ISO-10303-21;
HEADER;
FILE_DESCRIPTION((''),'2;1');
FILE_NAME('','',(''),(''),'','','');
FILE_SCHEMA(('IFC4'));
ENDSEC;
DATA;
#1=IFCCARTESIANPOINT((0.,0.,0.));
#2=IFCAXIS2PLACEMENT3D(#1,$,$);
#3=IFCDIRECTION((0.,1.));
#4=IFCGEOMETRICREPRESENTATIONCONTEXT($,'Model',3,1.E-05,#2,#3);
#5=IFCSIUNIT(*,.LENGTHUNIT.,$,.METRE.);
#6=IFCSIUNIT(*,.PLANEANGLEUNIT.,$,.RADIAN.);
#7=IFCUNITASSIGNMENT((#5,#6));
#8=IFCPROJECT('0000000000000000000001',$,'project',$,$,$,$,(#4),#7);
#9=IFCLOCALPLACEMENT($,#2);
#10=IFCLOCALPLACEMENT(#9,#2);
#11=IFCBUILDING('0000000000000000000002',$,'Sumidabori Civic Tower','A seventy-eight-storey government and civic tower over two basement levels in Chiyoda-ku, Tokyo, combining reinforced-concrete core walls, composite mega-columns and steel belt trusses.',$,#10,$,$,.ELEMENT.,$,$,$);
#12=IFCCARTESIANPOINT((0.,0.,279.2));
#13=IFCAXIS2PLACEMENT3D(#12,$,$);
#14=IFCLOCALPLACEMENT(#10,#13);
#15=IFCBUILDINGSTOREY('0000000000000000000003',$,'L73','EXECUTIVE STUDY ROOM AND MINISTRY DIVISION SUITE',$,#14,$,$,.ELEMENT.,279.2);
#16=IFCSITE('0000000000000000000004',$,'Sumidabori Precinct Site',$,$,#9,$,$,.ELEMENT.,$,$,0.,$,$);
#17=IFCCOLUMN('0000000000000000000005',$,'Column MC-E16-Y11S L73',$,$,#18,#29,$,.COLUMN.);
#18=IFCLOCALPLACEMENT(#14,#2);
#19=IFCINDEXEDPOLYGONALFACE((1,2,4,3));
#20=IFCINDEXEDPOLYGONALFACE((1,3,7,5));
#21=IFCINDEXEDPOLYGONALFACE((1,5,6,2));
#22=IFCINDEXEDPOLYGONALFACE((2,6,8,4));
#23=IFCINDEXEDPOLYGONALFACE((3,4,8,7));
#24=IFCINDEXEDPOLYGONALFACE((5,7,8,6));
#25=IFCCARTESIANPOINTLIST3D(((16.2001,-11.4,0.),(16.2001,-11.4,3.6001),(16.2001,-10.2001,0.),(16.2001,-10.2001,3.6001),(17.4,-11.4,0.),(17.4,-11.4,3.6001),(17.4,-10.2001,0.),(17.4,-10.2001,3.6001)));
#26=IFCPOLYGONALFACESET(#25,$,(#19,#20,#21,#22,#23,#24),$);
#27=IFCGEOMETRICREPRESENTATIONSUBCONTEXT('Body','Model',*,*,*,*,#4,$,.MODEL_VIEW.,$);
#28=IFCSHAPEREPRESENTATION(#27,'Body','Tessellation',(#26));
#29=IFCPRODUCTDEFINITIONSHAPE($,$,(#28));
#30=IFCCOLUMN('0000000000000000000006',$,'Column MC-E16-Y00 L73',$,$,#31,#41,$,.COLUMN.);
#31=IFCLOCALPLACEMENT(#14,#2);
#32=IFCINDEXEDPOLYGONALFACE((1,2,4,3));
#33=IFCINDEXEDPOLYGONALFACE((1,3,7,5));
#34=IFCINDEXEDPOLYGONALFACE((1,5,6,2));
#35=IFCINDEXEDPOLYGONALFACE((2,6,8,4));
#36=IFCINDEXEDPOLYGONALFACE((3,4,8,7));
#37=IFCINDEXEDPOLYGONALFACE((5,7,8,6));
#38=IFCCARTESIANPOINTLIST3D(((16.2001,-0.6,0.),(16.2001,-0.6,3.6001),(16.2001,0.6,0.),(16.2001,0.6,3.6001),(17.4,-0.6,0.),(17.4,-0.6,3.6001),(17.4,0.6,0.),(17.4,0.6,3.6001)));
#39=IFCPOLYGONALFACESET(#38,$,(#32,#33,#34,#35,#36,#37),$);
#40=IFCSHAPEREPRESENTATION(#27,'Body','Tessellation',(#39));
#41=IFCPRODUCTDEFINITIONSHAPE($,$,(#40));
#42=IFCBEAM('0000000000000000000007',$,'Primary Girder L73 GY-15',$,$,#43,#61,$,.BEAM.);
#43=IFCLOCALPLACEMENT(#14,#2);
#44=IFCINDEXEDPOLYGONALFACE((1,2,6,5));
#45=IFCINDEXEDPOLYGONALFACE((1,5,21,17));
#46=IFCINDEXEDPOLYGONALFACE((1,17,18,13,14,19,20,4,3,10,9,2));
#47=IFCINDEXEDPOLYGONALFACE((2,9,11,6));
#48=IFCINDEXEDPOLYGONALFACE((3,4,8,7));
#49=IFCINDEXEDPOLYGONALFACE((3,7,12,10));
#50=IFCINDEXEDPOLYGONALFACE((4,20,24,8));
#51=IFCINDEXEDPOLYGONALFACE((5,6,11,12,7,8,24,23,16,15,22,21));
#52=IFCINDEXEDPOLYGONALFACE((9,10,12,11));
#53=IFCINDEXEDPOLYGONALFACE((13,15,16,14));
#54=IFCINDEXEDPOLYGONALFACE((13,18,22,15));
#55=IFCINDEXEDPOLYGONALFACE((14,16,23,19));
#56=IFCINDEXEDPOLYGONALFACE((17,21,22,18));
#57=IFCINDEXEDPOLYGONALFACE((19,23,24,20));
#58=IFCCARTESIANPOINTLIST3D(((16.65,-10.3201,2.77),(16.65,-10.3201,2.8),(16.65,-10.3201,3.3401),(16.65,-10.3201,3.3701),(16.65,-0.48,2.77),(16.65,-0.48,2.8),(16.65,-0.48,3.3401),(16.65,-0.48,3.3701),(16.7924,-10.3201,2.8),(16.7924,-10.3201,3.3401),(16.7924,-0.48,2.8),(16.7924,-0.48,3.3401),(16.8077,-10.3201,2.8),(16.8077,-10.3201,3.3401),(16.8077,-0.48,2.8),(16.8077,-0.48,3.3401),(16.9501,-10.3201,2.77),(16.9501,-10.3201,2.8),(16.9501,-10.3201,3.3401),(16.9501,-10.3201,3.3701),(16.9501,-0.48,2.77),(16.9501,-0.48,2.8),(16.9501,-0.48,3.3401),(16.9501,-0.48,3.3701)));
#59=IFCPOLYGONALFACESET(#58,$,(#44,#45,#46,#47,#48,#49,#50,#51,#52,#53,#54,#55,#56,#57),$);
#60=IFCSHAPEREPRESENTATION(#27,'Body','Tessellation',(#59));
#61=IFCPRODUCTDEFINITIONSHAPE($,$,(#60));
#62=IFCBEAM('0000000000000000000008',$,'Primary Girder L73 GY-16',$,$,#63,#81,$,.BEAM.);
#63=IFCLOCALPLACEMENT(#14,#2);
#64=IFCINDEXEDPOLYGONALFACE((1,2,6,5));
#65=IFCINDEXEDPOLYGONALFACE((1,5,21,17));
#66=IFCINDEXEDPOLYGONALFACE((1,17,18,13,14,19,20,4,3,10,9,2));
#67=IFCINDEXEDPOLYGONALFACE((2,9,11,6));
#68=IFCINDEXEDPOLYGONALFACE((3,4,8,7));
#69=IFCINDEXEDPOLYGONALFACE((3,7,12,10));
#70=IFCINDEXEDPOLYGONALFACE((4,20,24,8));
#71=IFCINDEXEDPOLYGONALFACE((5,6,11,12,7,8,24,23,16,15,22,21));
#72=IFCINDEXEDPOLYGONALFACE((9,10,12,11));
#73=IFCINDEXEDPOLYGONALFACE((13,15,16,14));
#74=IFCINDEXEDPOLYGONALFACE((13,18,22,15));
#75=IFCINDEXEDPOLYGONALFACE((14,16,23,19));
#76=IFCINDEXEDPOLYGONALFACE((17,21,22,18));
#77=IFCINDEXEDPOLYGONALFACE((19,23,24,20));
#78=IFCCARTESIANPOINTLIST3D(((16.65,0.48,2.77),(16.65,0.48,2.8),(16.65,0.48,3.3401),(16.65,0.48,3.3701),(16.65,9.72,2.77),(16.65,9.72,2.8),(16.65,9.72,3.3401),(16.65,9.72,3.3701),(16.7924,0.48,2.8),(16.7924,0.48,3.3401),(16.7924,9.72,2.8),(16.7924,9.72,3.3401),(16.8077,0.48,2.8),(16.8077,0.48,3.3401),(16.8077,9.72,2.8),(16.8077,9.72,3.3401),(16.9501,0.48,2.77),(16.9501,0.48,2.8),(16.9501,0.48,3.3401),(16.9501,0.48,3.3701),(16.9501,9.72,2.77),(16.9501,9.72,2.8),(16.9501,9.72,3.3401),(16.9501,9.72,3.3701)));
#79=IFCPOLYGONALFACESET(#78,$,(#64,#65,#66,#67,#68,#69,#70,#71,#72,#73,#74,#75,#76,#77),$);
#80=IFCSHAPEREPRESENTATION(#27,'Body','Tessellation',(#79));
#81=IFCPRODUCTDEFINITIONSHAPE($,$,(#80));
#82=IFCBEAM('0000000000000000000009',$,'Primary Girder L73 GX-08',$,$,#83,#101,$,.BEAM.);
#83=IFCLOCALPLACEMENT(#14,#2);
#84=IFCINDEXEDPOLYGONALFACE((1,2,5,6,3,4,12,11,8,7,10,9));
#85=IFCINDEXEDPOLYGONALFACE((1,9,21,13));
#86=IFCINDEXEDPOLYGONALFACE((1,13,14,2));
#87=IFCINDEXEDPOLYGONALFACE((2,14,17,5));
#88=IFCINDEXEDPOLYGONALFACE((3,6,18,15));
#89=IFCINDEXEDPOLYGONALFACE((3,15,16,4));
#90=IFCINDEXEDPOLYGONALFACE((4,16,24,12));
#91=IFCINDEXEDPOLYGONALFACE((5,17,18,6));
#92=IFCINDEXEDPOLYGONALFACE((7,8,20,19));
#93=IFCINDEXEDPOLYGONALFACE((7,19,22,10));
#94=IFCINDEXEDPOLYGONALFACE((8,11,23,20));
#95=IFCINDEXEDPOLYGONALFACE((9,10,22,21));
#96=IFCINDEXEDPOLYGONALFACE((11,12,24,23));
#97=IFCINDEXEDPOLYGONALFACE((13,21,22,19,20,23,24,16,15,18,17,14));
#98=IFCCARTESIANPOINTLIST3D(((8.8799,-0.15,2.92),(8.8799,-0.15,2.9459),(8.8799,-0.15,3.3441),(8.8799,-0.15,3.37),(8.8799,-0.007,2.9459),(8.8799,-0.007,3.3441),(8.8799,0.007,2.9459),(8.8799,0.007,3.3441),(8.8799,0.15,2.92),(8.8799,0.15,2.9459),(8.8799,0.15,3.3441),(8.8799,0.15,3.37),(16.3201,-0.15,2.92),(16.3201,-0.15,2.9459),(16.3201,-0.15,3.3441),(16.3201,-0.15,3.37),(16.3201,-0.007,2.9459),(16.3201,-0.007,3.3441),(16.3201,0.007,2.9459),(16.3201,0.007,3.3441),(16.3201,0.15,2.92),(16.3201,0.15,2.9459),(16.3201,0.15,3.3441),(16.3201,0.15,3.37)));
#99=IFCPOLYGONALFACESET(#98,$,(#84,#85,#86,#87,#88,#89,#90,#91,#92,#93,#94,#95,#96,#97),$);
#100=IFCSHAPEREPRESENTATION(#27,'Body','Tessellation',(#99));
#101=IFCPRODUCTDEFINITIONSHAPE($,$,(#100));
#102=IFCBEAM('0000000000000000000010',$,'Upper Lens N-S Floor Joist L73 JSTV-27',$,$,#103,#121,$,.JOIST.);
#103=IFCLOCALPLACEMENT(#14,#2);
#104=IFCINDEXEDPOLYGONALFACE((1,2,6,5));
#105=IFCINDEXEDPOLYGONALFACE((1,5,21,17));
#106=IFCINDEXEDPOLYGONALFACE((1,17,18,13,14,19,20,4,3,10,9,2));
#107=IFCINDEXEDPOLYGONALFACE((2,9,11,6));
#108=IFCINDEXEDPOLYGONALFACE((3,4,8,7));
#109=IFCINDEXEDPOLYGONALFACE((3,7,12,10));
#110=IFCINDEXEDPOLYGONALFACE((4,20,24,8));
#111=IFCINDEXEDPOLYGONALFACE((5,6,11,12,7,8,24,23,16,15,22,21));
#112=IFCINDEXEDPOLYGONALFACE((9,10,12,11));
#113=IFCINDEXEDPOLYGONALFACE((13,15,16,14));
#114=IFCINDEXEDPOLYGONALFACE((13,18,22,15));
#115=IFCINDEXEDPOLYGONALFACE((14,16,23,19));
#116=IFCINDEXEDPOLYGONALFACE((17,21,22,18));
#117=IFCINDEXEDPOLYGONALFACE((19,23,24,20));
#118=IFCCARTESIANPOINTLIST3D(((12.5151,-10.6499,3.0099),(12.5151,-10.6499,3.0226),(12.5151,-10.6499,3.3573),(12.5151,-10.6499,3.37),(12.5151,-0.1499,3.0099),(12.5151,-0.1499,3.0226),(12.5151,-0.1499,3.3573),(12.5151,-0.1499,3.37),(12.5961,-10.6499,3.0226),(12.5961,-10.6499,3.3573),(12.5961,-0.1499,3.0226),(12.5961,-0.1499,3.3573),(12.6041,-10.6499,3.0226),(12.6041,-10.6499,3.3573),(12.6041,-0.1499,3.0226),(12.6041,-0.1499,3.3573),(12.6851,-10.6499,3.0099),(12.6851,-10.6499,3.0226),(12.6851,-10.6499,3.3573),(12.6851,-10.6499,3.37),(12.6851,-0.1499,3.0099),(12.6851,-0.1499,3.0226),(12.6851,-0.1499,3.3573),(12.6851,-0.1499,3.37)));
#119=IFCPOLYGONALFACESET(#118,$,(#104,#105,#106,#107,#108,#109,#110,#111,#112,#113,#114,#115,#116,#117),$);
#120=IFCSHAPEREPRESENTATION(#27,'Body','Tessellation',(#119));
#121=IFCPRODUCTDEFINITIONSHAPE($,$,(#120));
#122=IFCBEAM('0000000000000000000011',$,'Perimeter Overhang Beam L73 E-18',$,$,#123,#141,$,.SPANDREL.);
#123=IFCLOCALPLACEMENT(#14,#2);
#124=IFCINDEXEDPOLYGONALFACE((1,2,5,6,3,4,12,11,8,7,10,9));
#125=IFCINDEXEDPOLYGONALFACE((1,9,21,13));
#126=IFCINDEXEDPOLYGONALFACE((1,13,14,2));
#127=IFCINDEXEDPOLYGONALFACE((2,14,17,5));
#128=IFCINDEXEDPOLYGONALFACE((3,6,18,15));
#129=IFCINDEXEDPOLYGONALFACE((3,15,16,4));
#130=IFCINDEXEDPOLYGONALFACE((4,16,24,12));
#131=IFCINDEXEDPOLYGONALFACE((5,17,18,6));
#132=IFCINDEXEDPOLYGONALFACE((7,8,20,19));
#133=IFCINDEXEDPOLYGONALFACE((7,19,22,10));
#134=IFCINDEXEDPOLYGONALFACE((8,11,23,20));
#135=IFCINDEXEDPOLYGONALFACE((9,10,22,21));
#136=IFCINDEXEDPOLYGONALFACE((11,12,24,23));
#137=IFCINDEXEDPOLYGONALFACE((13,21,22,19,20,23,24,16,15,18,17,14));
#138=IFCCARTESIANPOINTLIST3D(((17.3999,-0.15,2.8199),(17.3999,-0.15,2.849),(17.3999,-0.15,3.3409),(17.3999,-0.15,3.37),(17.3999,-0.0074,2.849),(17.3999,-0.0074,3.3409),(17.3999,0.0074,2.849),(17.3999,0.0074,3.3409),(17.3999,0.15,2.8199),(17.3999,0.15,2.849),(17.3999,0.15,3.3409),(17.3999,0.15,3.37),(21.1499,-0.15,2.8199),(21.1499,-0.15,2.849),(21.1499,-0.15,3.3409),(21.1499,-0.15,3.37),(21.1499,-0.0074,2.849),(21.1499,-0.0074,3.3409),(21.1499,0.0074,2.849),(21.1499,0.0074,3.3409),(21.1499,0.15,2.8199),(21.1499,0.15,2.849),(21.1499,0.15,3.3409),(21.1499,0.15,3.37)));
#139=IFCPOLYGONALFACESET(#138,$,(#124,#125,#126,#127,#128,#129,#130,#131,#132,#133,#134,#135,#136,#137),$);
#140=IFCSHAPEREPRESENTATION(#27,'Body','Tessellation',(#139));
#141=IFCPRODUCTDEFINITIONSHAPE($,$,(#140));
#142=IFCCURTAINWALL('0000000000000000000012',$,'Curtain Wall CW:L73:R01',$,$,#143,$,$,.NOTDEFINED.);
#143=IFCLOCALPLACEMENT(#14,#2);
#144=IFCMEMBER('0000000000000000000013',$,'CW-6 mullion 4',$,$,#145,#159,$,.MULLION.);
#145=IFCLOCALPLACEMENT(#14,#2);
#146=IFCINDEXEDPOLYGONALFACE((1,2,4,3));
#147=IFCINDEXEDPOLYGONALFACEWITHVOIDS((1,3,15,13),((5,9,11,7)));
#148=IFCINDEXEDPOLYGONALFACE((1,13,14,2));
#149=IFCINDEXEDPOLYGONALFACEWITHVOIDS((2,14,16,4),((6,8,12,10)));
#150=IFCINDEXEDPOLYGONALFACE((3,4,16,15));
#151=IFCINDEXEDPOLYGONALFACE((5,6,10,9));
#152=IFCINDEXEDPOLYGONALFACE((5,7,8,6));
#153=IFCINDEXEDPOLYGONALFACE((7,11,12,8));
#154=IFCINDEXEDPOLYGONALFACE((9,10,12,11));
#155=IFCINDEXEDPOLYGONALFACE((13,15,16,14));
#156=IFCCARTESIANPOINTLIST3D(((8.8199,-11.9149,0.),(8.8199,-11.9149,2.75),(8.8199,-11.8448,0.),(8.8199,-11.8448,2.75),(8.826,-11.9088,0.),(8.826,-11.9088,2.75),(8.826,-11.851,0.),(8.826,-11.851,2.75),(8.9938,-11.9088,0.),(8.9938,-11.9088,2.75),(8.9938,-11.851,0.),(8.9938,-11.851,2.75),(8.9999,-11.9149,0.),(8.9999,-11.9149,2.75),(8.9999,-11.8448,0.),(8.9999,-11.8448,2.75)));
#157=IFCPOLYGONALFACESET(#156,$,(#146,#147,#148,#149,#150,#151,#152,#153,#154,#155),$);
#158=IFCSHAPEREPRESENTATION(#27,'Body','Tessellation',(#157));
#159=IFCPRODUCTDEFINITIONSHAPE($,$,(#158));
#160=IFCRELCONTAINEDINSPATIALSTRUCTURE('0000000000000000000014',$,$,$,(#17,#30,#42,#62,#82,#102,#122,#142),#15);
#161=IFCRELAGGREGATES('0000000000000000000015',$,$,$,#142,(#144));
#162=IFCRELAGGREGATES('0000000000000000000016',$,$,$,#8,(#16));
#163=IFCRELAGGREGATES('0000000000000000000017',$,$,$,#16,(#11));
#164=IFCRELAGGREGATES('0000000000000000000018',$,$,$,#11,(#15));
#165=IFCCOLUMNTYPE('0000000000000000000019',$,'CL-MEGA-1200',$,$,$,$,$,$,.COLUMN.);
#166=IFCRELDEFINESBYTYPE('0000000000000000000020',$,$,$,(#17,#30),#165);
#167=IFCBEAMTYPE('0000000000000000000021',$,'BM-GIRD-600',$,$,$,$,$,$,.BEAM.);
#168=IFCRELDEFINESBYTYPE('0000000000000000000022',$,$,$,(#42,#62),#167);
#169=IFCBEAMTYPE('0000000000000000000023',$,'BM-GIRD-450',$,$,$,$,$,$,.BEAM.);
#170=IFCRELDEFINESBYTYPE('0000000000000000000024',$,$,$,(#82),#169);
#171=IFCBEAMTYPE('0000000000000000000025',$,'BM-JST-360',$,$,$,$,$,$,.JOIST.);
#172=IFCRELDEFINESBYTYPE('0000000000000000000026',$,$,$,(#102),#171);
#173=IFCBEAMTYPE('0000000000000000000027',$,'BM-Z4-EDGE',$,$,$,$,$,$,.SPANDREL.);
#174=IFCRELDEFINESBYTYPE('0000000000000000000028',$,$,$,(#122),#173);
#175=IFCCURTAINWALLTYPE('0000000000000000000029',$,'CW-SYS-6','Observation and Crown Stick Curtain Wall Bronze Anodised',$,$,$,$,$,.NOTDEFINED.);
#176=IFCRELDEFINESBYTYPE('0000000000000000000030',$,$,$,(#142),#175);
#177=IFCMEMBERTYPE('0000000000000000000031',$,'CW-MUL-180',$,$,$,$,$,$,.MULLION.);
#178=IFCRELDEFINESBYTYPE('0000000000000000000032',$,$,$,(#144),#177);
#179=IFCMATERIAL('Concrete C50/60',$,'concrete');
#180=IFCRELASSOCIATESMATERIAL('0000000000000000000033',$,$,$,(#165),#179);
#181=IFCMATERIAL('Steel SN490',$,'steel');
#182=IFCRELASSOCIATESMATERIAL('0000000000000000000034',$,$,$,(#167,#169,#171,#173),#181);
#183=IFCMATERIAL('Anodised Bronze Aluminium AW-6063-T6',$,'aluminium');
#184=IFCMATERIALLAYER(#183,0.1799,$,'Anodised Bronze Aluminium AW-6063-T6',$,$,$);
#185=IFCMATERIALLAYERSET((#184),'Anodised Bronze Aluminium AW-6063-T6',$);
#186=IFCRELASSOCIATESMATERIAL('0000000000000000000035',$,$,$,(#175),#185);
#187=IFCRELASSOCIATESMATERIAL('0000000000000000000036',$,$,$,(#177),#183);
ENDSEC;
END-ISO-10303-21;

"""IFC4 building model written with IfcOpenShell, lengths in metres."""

from ifc_helpers import new_model, si_unit, direction, frame, origin, origin_2d, place, context, subcontext, project, spatial, rectangle, hollow_rectangle, i_section, extrude, source, transform, mapped, material, layer, layer_set, material_profile, profile_set, type_object, element, aggregate, save


model = new_model("IFC4")

# Units and contexts
model_context = context("Model", 3, precision=1e-05, world=origin(), true_north=direction((0.0, 1.0)))
body_context = subcontext(model_context, "Body", "Model", "MODEL_VIEW")
ifc_project = project(units=[si_unit("LENGTHUNIT", "METRE"), si_unit("PLANEANGLEUNIT", "RADIAN")], contexts=[model_context])

# Site, building, storey
site_placement = place(None, origin())
site = spatial("IfcSite", under=ifc_project, at=site_placement, Name="Sumidabori Precinct Site", CompositionType="ELEMENT", RefElevation=0.0)
building_placement = place(site_placement, origin())
building = spatial("IfcBuilding", under=site, at=building_placement, Name="Sumidabori Civic Tower", Description="A seventy-eight-storey government and civic tower over two basement levels in Chiyoda-ku, Tokyo, combining reinforced-concrete core walls, composite mega-columns and steel belt trusses.", CompositionType="ELEMENT")
storey_placement = place(building_placement, frame((0.0, 0.0, 279.2)))
storey = spatial("IfcBuildingStorey", under=building, at=storey_placement, Name="L73", Description="EXECUTIVE STUDY ROOM AND MINISTRY DIVISION SUITE", CompositionType="ELEMENT", Elevation=279.2)

# Columns
ifc_material_1 = material(Name="Concrete C50/60", Category="concrete")
ifc_material_profile_1 = material_profile(ifc_material_1, rectangle(XDim=1.2, YDim=1.2, at=origin_2d()), Name="RC 1200x1200")
ifc_profile_set_1 = profile_set([ifc_material_profile_1], Name="Concrete C50/60")
column_type = type_object("IfcColumnType", Name="CL-MEGA-1200", PredefinedType="COLUMN", material=ifc_profile_set_1)
shared_shape_1 = source(origin(), body_context, "Body", "SweptSolid", [
    extrude(rectangle(XDim=1.2, YDim=1.2, at=origin_2d()), origin(), (0.0, 0.0, 1.0), 3.6001),
])
for number, where, z_axis, x_axis, name in (
    (1, (16.8, -10.8, 0.0), (0.0, 0.0, 1.0), (1.0, 0.0, 0.0), "Column MC-E16-Y11S L73"),
    (2, (16.8, 0.0, 0.0), (0.0, 0.0, 1.0), (1.0, 0.0, 0.0), "Column MC-E16-Y00 L73"),
):
    element("IfcColumn", number, at=place(storey_placement, frame(where, z_axis=z_axis, x_axis=x_axis)), inside=storey, type_object=column_type, Name=name, PredefinedType="COLUMN", context=body_context, shape_type="MappedRepresentation", body=[
        mapped(shared_shape_1, transform((0.0, 0.0, 0.0), x_axis=(1.0, 0.0, 0.0), y_axis=(0.0, 1.0, 0.0), z_axis=(0.0, 0.0, 1.0), scale=1.0)),
    ])

# Beams
ifc_material_2 = material(Name="Steel SN490", Category="steel")
ifc_material_profile_2 = material_profile(ifc_material_2, i_section(OverallWidth=0.3, OverallDepth=0.6001, WebThickness=0.0154, FlangeThickness=0.03, at=origin_2d()), Name="HE 600 B")
ifc_profile_set_2 = profile_set([ifc_material_profile_2], Name="Steel SN490")
beam_type_1 = type_object("IfcBeamType", Name="BM-GIRD-600", PredefinedType="BEAM", material=ifc_profile_set_2)
shared_shape_2 = source(origin(), body_context, "Body", "SweptSolid", [
    extrude(i_section(OverallWidth=0.3, OverallDepth=0.6001, WebThickness=0.0154, FlangeThickness=0.03, at=origin_2d()), origin(), (0.0, 0.0, 1.0), 9.8401),
])
beam_1_placement = place(storey_placement, frame((16.8, -10.3201, 3.0701), z_axis=(0.0, 1.0, 0.0), x_axis=(-1.0, 0.0, 0.0)))
element("IfcBeam", 3, at=beam_1_placement, inside=storey, type_object=beam_type_1, Name="Primary Girder L73 GY-15", PredefinedType="BEAM", context=body_context, shape_type="MappedRepresentation", body=[
    mapped(shared_shape_2, transform((0.0, 0.0, 0.0), x_axis=(1.0, 0.0, 0.0), y_axis=(0.0, 1.0, 0.0), z_axis=(0.0, 0.0, 1.0), scale=1.0)),
])
shared_shape_3 = source(origin(), body_context, "Body", "SweptSolid", [
    extrude(i_section(OverallWidth=0.3, OverallDepth=0.6001, WebThickness=0.0154, FlangeThickness=0.03, at=origin_2d()), origin(), (0.0, 0.0, 1.0), 9.24),
])
beam_2_placement = place(storey_placement, frame((16.8, 0.48, 3.0701), z_axis=(0.0, 1.0, 0.0), x_axis=(-1.0, 0.0, 0.0)))
element("IfcBeam", 4, at=beam_2_placement, inside=storey, type_object=beam_type_1, Name="Primary Girder L73 GY-16", PredefinedType="BEAM", context=body_context, shape_type="MappedRepresentation", body=[
    mapped(shared_shape_3, transform((0.0, 0.0, 0.0), x_axis=(1.0, 0.0, 0.0), y_axis=(0.0, 1.0, 0.0), z_axis=(0.0, 0.0, 1.0), scale=1.0)),
])
ifc_material_profile_3 = material_profile(ifc_material_2, i_section(OverallWidth=0.3, OverallDepth=0.45, WebThickness=0.0139, FlangeThickness=0.0259, at=origin_2d()), Name="HE 450 B")
ifc_profile_set_3 = profile_set([ifc_material_profile_3], Name="Steel SN490")
beam_type_2 = type_object("IfcBeamType", Name="BM-GIRD-450", PredefinedType="BEAM", material=ifc_profile_set_3)
shared_shape_4 = source(origin(), body_context, "Body", "SweptSolid", [
    extrude(i_section(OverallWidth=0.3, OverallDepth=0.45, WebThickness=0.0139, FlangeThickness=0.0259, at=origin_2d()), origin(), (0.0, 0.0, 1.0), 7.4402),
])
beam_3_placement = place(storey_placement, frame((8.8799, 0.0, 3.145), z_axis=(1.0, 0.0, 0.0), x_axis=(0.0, 1.0, 0.0)))
element("IfcBeam", 5, at=beam_3_placement, inside=storey, type_object=beam_type_2, Name="Primary Girder L73 GX-08", PredefinedType="BEAM", context=body_context, shape_type="MappedRepresentation", body=[
    mapped(shared_shape_4, transform((0.0, 0.0, 0.0), x_axis=(1.0, 0.0, 0.0), y_axis=(0.0, 1.0, 0.0), z_axis=(0.0, 0.0, 1.0), scale=1.0)),
])
ifc_material_profile_4 = material_profile(ifc_material_2, i_section(OverallWidth=0.1699, OverallDepth=0.3601, WebThickness=0.0081, FlangeThickness=0.0127, at=origin_2d()), Name="IPE 360")
ifc_profile_set_4 = profile_set([ifc_material_profile_4], Name="Steel SN490")
beam_type_3 = type_object("IfcBeamType", Name="BM-JST-360", PredefinedType="JOIST", material=ifc_profile_set_4)
shared_shape_5 = source(origin(), body_context, "Body", "SweptSolid", [
    extrude(i_section(OverallWidth=0.1699, OverallDepth=0.3601, WebThickness=0.0081, FlangeThickness=0.0127, at=origin_2d()), origin(), (0.0, 0.0, 1.0), 10.5),
])
beam_4_placement = place(storey_placement, frame((12.6001, -10.6499, 3.1899), z_axis=(0.0, 1.0, 0.0), x_axis=(-1.0, 0.0, 0.0)))
element("IfcBeam", 6, at=beam_4_placement, inside=storey, type_object=beam_type_3, Name="Upper Lens N-S Floor Joist L73 JSTV-27", PredefinedType="JOIST", context=body_context, shape_type="MappedRepresentation", body=[
    mapped(shared_shape_5, transform((0.0, 0.0, 0.0), x_axis=(1.0, 0.0, 0.0), y_axis=(0.0, 1.0, 0.0), z_axis=(0.0, 0.0, 1.0), scale=1.0)),
])
ifc_material_profile_5 = material_profile(ifc_material_2, i_section(OverallWidth=0.3, OverallDepth=0.55, WebThickness=0.0149, FlangeThickness=0.0291, at=origin_2d()), Name="HE 550 B")
ifc_profile_set_5 = profile_set([ifc_material_profile_5], Name="Steel SN490")
beam_type_4 = type_object("IfcBeamType", Name="BM-Z4-EDGE", PredefinedType="SPANDREL", material=ifc_profile_set_5)
shared_shape_6 = source(origin(), body_context, "Body", "SweptSolid", [
    extrude(i_section(OverallWidth=0.3, OverallDepth=0.55, WebThickness=0.0149, FlangeThickness=0.0291, at=origin_2d()), origin(), (0.0, 0.0, 1.0), 3.75),
])
beam_5_placement = place(storey_placement, frame((17.3999, 0.0, 3.095), z_axis=(1.0, 0.0, 0.0), x_axis=(0.0, 1.0, 0.0)))
element("IfcBeam", 7, at=beam_5_placement, inside=storey, type_object=beam_type_4, Name="Perimeter Overhang Beam L73 E-18", PredefinedType="SPANDREL", context=body_context, shape_type="MappedRepresentation", body=[
    mapped(shared_shape_6, transform((0.0, 0.0, 0.0), x_axis=(1.0, 0.0, 0.0), y_axis=(0.0, 1.0, 0.0), z_axis=(0.0, 0.0, 1.0), scale=1.0)),
])

# Curtain wall, member
ifc_material_3 = material(Name="Anodised Bronze Aluminium AW-6063-T6", Category="aluminium")
ifc_layer_1 = layer(ifc_material_3, 0.1799, Name="Anodised Bronze Aluminium AW-6063-T6")
ifc_layer_set_1 = layer_set([ifc_layer_1], Name="Anodised Bronze Aluminium AW-6063-T6")
curtain_wall_type = type_object("IfcCurtainWallType", Name="CW-SYS-6", Description="Observation and Crown Stick Curtain Wall Bronze Anodised", PredefinedType="NOTDEFINED", material=ifc_layer_set_1)
curtain_wall_1_placement = place(storey_placement, origin())
curtain_wall_1 = element("IfcCurtainWall", 8, at=curtain_wall_1_placement, inside=storey, type_object=curtain_wall_type, Name="Curtain Wall CW:L73:R01", PredefinedType="NOTDEFINED")
ifc_material_profile_6 = material_profile(ifc_material_3, hollow_rectangle(XDim=0.0701, YDim=0.1799, WallThickness=0.0061, at=origin_2d()), Name="ALU MULLION 180x70")
ifc_profile_set_6 = profile_set([ifc_material_profile_6], Name="Anodised Bronze Aluminium AW-6063-T6")
member_type_1 = type_object("IfcMemberType", Name="CW-MUL-180", PredefinedType="MULLION", material=ifc_profile_set_6)
shared_shape_7 = source(origin(), body_context, "Body", "SweptSolid", [
    extrude(hollow_rectangle(XDim=0.0701, YDim=0.1799, WallThickness=0.0061, at=origin_2d()), origin(), (0.0, 0.0, 1.0), 2.75),
])
member_1_placement = place(storey_placement, frame((8.9099, -11.8799, 0.0), z_axis=(0.0, 0.0, 1.0), x_axis=(0.0, 1.0, 0.0)))
member_1 = element("IfcMember", 9, at=member_1_placement, type_object=member_type_1, Name="CW-6 mullion 4", PredefinedType="MULLION", context=body_context, shape_type="MappedRepresentation", body=[
    mapped(shared_shape_7, transform((0.0, 0.0, 0.0), x_axis=(1.0, 0.0, 0.0), y_axis=(0.0, 1.0, 0.0), z_axis=(0.0, 0.0, 1.0), scale=1.0)),
])

aggregate(curtain_wall_1, [member_1])

save(model, "model.ifc")
